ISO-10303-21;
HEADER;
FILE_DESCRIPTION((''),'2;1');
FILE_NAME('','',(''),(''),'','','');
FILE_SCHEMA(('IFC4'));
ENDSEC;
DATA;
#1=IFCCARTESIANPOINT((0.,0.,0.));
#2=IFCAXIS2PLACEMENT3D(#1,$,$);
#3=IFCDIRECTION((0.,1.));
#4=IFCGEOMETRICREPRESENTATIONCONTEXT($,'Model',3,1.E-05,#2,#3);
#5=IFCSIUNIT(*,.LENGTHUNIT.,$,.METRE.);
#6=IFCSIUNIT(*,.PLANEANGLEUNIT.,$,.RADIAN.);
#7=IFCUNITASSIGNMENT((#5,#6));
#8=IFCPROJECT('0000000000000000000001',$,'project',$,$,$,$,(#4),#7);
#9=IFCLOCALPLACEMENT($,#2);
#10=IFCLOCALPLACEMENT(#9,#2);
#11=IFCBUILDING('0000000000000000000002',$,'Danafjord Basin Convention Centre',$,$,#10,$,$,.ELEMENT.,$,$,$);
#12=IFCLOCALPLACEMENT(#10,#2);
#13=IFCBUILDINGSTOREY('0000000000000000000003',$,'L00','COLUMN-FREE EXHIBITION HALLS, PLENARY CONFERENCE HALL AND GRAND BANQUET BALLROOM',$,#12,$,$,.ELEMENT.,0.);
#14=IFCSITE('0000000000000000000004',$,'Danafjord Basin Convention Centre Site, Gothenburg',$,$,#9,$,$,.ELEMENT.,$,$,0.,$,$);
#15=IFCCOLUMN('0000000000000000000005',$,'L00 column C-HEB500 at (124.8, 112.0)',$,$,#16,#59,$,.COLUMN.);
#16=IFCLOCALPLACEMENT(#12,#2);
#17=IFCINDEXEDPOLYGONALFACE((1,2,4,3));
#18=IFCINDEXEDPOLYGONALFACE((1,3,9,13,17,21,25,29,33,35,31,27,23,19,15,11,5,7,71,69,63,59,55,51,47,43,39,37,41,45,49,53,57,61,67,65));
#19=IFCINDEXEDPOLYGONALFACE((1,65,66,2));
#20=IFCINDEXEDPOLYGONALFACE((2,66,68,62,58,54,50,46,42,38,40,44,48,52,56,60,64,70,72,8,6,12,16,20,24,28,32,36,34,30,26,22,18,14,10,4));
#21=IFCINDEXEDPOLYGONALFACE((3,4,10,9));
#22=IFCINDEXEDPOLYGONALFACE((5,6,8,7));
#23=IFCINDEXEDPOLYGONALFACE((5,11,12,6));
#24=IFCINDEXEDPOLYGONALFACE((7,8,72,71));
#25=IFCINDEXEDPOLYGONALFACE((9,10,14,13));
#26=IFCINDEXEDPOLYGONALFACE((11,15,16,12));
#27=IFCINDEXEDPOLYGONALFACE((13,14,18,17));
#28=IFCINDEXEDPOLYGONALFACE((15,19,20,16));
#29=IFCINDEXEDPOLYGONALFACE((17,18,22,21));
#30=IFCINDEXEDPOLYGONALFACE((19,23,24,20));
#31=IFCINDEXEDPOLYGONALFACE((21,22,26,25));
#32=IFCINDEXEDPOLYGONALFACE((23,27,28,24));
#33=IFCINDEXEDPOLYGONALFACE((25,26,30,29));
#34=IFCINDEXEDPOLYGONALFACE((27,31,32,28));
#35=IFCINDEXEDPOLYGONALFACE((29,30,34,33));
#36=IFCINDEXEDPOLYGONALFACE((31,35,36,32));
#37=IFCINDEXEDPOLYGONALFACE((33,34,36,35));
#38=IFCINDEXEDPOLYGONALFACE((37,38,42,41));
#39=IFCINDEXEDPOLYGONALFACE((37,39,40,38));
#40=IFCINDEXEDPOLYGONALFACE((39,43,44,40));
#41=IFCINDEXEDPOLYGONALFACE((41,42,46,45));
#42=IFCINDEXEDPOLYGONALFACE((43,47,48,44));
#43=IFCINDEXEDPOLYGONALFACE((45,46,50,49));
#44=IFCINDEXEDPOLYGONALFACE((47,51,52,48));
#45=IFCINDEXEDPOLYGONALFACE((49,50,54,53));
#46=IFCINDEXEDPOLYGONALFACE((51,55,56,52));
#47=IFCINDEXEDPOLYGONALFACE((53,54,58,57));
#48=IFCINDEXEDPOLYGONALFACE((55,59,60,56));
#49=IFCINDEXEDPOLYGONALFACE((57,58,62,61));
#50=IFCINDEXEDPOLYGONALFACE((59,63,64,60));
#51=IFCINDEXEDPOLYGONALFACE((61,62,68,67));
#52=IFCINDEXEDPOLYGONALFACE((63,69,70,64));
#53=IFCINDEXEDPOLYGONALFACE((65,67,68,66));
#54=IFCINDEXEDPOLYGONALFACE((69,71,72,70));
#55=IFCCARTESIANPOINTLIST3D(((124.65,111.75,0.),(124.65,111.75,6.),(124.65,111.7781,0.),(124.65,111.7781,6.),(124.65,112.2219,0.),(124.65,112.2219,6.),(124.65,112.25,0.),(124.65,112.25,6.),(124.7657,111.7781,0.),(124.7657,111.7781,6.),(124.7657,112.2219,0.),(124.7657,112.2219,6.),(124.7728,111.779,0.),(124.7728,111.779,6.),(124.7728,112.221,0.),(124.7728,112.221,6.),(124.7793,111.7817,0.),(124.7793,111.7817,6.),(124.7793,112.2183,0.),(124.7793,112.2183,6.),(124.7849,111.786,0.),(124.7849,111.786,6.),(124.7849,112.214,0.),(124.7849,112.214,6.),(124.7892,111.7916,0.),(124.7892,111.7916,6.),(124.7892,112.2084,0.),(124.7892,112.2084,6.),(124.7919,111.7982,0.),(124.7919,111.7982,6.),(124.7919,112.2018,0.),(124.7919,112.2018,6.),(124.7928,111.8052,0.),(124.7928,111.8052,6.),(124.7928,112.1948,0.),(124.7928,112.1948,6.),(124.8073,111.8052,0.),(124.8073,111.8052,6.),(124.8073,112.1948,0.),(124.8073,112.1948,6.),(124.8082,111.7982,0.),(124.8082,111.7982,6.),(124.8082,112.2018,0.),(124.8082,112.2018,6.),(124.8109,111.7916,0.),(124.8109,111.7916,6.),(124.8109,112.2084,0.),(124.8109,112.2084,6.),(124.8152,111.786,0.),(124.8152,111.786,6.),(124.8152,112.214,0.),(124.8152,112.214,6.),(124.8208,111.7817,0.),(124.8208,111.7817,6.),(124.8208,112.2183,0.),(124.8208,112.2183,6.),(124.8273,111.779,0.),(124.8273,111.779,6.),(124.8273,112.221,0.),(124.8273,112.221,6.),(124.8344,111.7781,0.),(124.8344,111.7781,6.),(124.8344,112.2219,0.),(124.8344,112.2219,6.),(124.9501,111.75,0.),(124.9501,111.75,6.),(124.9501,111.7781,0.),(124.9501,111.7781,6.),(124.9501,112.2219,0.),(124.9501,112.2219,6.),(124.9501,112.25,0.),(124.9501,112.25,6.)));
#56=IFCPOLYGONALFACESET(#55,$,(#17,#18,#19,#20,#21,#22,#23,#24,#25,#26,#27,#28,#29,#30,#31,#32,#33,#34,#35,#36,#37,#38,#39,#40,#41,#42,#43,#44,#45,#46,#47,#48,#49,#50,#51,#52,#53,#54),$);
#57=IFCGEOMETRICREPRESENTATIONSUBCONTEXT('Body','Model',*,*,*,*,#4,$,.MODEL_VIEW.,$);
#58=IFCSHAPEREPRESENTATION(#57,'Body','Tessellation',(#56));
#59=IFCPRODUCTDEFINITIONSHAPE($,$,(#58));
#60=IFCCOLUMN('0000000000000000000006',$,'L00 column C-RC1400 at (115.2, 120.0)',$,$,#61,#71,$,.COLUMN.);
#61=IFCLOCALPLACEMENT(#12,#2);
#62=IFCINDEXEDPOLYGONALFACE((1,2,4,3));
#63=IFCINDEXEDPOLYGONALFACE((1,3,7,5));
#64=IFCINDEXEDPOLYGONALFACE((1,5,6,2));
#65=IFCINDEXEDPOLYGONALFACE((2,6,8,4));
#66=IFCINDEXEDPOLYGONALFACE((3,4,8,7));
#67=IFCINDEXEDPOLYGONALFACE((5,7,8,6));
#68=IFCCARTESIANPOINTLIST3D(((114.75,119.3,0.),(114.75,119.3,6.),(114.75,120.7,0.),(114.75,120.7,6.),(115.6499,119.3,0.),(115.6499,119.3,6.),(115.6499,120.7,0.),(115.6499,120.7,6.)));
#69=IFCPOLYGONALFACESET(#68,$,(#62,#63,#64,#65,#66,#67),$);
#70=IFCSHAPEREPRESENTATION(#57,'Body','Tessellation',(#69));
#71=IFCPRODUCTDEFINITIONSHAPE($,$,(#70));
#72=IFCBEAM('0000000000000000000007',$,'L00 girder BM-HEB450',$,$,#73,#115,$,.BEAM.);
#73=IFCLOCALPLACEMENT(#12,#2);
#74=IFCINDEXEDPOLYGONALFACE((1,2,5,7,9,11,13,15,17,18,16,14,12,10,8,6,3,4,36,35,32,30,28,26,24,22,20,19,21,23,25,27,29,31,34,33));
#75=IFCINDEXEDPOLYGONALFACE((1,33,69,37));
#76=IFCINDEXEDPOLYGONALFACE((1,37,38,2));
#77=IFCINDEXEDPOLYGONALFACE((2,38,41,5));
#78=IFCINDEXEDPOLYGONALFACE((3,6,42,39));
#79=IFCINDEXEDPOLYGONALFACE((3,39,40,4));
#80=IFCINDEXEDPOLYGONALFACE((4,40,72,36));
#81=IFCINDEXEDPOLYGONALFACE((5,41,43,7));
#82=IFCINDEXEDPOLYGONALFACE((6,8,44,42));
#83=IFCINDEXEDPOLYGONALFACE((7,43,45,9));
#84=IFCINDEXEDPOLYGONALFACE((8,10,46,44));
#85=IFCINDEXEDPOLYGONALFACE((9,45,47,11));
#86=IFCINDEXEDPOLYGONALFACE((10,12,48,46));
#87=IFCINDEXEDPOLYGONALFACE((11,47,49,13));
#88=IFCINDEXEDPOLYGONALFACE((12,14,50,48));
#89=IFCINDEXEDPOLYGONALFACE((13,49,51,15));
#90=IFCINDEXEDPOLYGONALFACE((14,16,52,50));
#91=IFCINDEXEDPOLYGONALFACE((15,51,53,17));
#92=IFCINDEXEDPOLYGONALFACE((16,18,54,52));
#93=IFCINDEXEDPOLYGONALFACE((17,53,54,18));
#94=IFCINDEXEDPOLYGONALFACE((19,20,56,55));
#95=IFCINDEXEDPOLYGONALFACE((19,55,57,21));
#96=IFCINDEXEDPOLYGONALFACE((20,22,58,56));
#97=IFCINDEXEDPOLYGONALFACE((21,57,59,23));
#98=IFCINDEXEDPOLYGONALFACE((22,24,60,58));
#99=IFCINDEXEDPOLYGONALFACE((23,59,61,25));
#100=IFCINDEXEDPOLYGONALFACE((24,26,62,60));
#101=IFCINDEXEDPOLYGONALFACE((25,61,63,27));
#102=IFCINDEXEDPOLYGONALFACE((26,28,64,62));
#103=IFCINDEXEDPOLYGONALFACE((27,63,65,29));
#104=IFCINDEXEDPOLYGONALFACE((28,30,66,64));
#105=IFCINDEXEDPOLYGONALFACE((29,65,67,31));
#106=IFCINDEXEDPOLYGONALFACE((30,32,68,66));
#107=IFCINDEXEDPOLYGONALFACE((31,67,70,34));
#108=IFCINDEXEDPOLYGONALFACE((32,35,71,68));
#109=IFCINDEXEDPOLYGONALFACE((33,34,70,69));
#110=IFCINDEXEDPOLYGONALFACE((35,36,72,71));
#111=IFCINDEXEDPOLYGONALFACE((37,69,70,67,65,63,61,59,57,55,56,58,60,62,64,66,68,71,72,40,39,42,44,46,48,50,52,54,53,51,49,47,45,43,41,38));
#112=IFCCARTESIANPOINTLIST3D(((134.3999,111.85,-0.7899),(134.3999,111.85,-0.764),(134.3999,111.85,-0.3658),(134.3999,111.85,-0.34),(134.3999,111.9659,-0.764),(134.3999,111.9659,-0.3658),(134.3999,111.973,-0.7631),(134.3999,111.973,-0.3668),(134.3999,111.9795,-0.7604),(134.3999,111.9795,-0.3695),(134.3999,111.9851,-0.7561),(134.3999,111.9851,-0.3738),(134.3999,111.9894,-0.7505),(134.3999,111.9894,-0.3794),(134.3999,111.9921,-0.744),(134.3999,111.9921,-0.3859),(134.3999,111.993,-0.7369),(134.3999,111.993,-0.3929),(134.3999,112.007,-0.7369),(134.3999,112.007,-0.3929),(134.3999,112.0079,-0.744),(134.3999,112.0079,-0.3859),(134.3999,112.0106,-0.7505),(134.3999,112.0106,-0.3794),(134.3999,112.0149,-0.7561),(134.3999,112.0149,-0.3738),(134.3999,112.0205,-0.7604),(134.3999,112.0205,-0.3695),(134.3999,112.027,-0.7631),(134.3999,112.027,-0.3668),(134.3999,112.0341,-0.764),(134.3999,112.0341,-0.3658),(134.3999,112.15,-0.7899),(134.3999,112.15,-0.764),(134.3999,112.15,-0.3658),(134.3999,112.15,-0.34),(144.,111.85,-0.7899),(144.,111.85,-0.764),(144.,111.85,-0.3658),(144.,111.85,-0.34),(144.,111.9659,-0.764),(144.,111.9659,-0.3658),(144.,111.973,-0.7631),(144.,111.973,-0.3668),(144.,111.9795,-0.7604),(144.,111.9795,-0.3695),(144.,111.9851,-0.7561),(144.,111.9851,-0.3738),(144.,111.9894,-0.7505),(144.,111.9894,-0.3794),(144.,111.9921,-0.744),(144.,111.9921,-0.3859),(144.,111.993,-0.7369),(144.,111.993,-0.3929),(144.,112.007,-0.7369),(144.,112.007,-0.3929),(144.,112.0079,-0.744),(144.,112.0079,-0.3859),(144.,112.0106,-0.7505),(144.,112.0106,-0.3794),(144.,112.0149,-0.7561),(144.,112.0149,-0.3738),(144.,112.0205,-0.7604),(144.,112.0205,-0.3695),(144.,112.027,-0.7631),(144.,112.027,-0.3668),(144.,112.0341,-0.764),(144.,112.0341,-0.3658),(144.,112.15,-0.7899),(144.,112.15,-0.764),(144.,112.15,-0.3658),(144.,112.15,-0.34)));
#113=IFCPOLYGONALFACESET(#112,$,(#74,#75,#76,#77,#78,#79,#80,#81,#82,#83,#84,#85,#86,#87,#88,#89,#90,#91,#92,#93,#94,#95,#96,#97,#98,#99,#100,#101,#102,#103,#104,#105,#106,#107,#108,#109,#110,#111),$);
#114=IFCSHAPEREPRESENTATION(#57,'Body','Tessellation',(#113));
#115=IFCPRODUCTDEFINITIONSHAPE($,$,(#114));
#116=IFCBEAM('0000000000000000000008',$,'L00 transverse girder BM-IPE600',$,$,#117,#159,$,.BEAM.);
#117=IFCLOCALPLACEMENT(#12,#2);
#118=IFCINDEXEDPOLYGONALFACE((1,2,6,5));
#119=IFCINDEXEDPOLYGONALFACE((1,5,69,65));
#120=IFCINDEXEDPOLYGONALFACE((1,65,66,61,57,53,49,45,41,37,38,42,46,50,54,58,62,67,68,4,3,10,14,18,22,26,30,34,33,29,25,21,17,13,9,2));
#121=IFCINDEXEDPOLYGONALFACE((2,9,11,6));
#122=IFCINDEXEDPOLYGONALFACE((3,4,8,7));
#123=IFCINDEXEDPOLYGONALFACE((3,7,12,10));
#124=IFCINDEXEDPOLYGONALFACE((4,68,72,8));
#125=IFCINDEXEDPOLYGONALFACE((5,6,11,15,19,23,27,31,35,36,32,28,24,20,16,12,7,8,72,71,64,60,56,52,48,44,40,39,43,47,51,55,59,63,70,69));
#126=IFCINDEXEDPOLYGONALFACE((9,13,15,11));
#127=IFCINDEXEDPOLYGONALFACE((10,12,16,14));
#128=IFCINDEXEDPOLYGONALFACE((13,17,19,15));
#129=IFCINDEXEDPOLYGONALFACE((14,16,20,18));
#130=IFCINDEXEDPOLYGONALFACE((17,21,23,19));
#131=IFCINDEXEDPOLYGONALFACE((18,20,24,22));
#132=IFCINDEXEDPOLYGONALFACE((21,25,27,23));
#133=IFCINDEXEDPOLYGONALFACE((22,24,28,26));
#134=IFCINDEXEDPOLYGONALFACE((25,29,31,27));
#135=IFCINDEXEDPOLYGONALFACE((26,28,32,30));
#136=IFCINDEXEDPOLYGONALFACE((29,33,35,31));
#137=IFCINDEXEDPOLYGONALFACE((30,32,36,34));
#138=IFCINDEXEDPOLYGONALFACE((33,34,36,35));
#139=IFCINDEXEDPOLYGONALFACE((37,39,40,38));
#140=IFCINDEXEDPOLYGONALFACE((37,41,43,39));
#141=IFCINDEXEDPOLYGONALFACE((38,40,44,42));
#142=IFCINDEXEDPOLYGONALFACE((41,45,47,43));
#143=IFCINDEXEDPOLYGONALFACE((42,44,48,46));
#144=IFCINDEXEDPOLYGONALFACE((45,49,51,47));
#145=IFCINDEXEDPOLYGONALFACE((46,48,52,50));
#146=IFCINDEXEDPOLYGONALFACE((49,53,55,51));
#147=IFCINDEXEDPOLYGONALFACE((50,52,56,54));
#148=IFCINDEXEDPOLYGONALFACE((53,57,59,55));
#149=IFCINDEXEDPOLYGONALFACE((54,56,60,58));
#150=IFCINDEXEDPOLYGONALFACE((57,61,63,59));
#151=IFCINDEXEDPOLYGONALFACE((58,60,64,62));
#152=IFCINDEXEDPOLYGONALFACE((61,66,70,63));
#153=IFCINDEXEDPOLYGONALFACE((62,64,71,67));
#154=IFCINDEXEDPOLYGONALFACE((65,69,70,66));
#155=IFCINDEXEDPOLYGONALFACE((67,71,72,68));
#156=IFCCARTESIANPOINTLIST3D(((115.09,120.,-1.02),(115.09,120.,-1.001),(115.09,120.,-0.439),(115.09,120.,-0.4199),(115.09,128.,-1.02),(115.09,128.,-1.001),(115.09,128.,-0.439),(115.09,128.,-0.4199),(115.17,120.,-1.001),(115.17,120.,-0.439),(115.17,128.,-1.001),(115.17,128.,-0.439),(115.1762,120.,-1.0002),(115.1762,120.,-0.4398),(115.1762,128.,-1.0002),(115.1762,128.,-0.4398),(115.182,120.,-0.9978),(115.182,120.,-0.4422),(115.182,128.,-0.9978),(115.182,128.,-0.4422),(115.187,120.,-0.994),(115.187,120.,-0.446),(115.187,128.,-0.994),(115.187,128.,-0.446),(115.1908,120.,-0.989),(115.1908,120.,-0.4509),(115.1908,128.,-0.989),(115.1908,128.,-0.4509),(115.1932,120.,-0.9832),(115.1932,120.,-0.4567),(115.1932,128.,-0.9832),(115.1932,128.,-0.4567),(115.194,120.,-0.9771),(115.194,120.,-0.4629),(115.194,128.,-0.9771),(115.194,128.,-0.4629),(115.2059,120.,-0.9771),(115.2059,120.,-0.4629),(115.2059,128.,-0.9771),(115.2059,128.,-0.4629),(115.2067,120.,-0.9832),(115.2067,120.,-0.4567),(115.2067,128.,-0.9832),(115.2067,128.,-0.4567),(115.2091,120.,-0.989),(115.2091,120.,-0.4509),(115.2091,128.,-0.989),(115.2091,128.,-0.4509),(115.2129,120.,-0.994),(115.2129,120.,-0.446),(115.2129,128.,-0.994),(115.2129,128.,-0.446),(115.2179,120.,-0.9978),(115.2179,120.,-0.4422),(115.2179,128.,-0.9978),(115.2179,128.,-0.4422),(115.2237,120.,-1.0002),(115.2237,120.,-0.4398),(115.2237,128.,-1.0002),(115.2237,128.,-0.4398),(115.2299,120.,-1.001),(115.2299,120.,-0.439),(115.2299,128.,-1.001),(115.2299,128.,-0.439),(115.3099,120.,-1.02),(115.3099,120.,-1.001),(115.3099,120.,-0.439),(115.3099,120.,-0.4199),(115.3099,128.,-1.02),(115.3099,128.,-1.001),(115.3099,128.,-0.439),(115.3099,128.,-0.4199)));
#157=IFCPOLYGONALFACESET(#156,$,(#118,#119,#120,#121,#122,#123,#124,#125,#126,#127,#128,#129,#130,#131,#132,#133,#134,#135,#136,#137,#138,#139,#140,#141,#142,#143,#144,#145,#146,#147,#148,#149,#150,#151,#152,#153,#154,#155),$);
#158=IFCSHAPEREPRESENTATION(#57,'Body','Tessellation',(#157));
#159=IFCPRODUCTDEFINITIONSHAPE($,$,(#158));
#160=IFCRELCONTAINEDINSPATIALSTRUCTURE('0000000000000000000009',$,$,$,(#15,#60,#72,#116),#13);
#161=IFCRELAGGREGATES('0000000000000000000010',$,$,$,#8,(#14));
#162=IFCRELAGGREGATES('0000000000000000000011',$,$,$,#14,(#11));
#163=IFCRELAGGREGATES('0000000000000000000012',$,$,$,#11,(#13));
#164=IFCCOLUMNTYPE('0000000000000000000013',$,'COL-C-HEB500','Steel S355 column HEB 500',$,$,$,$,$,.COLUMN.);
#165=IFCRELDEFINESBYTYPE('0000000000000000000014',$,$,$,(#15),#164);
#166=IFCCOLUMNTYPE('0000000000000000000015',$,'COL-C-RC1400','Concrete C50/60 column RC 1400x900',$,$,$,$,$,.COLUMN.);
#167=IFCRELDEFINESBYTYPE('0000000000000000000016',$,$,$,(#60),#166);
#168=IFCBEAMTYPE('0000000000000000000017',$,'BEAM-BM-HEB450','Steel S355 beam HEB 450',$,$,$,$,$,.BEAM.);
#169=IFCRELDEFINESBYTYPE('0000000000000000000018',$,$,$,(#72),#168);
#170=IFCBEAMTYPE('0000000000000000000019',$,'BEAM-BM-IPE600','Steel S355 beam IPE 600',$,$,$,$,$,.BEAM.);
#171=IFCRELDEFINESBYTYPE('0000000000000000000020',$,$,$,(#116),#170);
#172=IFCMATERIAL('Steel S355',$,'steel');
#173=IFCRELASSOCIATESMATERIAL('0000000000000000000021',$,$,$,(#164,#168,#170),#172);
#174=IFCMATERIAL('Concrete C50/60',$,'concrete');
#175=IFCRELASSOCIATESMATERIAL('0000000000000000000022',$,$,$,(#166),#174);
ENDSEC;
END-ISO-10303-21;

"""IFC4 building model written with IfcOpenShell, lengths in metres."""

from ifc_helpers import new_model, si_unit, direction, frame, origin, origin_2d, place, context, subcontext, project, spatial, rectangle, i_section, extrude, material, material_profile, profile_set, type_object, element, save


model = new_model("IFC4")

# Units and contexts
model_context = context("Model", 3, precision=1e-05, world=origin(), true_north=direction((0.0, 1.0)))
body_context = subcontext(model_context, "Body", "Model", "MODEL_VIEW")
ifc_project = project(units=[si_unit("LENGTHUNIT", "METRE"), si_unit("PLANEANGLEUNIT", "RADIAN")], contexts=[model_context])

# Site, building, storey
site_placement = place(None, origin())
site = spatial("IfcSite", under=ifc_project, at=site_placement, Name="Danafjord Basin Convention Centre Site, Gothenburg", CompositionType="ELEMENT", RefElevation=0.0)
building_placement = place(site_placement, origin())
building = spatial("IfcBuilding", under=site, at=building_placement, Name="Danafjord Basin Convention Centre", CompositionType="ELEMENT")
storey_placement = place(building_placement, origin())
storey = spatial("IfcBuildingStorey", under=building, at=storey_placement, Name="L00", Description="COLUMN-FREE EXHIBITION HALLS, PLENARY CONFERENCE HALL AND GRAND BANQUET BALLROOM", CompositionType="ELEMENT", Elevation=0.0)

# Columns
ifc_material_1 = material(Name="Steel S355", Category="steel")
ifc_material_profile_1 = material_profile(ifc_material_1, i_section(OverallWidth=0.3, OverallDepth=0.5, WebThickness=0.0144, FlangeThickness=0.0281, FilletRadius=0.0271, at=origin_2d()), Name="HEB 500")
ifc_profile_set_1 = profile_set([ifc_material_profile_1], Name="Steel S355")
column_type_1 = type_object("IfcColumnType", Name="COL-C-HEB500", Description="Steel S355 column HEB 500", PredefinedType="COLUMN", material=ifc_profile_set_1)
column_1_placement = place(storey_placement, frame((124.8, 112.0, 0.0), z_axis=(0.0, 0.0, 1.0), x_axis=(1.0, 0.0, 0.0)))
element("IfcColumn", 1, at=column_1_placement, inside=storey, type_object=column_type_1, Name="L00 column C-HEB500 at (124.8, 112.0)", PredefinedType="COLUMN", context=body_context, shape_type="SweptSolid", body=[
    extrude(i_section(OverallWidth=0.3, OverallDepth=0.5, WebThickness=0.0144, FlangeThickness=0.0281, FilletRadius=0.0271, at=origin_2d()), origin(), (0.0, 0.0, 1.0), 6.0),
])
ifc_material_2 = material(Name="Concrete C50/60", Category="concrete")
ifc_material_profile_2 = material_profile(ifc_material_2, rectangle(XDim=0.8999, YDim=1.3999, at=origin_2d()), Name="RC 1400x900")
ifc_profile_set_2 = profile_set([ifc_material_profile_2], Name="Concrete C50/60")
column_type_2 = type_object("IfcColumnType", Name="COL-C-RC1400", Description="Concrete C50/60 column RC 1400x900", PredefinedType="COLUMN", material=ifc_profile_set_2)
column_2_placement = place(storey_placement, frame((115.2, 120.0, 0.0), z_axis=(0.0, 0.0, 1.0), x_axis=(1.0, 0.0, 0.0)))
element("IfcColumn", 2, at=column_2_placement, inside=storey, type_object=column_type_2, Name="L00 column C-RC1400 at (115.2, 120.0)", PredefinedType="COLUMN", context=body_context, shape_type="SweptSolid", body=[
    extrude(rectangle(XDim=0.8999, YDim=1.3999, at=origin_2d()), origin(), (0.0, 0.0, 1.0), 6.0),
])

# Beams
ifc_material_profile_3 = material_profile(ifc_material_1, i_section(OverallWidth=0.3, OverallDepth=0.45, WebThickness=0.0139, FlangeThickness=0.0259, FilletRadius=0.0271, at=origin_2d()), Name="HEB 450")
ifc_profile_set_3 = profile_set([ifc_material_profile_3], Name="Steel S355")
beam_type_1 = type_object("IfcBeamType", Name="BEAM-BM-HEB450", Description="Steel S355 beam HEB 450", PredefinedType="BEAM", material=ifc_profile_set_3)
beam_1_placement = place(storey_placement, frame((134.3999, 112.0, -0.5649), z_axis=(1.0, 0.0, 0.0), x_axis=(0.0, 1.0, 0.0)))
element("IfcBeam", 3, at=beam_1_placement, inside=storey, type_object=beam_type_1, Name="L00 girder BM-HEB450", PredefinedType="BEAM", context=body_context, shape_type="SweptSolid", body=[
    extrude(i_section(OverallWidth=0.3, OverallDepth=0.45, WebThickness=0.0139, FlangeThickness=0.0259, FilletRadius=0.0271, at=origin_2d()), origin(), (0.0, 0.0, 1.0), 9.6001),
])
ifc_material_profile_4 = material_profile(ifc_material_1, i_section(OverallWidth=0.22, OverallDepth=0.6001, WebThickness=0.012, FlangeThickness=0.019, FilletRadius=0.0239, at=origin_2d()), Name="IPE 600")
ifc_profile_set_4 = profile_set([ifc_material_profile_4], Name="Steel S355")
beam_type_2 = type_object("IfcBeamType", Name="BEAM-BM-IPE600", Description="Steel S355 beam IPE 600", PredefinedType="BEAM", material=ifc_profile_set_4)
beam_2_placement = place(storey_placement, frame((115.2, 120.0, -0.72), z_axis=(0.0, 1.0, 0.0), x_axis=(-1.0, 0.0, 0.0)))
element("IfcBeam", 4, at=beam_2_placement, inside=storey, type_object=beam_type_2, Name="L00 transverse girder BM-IPE600", PredefinedType="BEAM", context=body_context, shape_type="SweptSolid", body=[
    extrude(i_section(OverallWidth=0.22, OverallDepth=0.6001, WebThickness=0.012, FlangeThickness=0.019, FilletRadius=0.0239, at=origin_2d()), origin(), (0.0, 0.0, 1.0), 8.0),
])

save(model, "model.ifc")
